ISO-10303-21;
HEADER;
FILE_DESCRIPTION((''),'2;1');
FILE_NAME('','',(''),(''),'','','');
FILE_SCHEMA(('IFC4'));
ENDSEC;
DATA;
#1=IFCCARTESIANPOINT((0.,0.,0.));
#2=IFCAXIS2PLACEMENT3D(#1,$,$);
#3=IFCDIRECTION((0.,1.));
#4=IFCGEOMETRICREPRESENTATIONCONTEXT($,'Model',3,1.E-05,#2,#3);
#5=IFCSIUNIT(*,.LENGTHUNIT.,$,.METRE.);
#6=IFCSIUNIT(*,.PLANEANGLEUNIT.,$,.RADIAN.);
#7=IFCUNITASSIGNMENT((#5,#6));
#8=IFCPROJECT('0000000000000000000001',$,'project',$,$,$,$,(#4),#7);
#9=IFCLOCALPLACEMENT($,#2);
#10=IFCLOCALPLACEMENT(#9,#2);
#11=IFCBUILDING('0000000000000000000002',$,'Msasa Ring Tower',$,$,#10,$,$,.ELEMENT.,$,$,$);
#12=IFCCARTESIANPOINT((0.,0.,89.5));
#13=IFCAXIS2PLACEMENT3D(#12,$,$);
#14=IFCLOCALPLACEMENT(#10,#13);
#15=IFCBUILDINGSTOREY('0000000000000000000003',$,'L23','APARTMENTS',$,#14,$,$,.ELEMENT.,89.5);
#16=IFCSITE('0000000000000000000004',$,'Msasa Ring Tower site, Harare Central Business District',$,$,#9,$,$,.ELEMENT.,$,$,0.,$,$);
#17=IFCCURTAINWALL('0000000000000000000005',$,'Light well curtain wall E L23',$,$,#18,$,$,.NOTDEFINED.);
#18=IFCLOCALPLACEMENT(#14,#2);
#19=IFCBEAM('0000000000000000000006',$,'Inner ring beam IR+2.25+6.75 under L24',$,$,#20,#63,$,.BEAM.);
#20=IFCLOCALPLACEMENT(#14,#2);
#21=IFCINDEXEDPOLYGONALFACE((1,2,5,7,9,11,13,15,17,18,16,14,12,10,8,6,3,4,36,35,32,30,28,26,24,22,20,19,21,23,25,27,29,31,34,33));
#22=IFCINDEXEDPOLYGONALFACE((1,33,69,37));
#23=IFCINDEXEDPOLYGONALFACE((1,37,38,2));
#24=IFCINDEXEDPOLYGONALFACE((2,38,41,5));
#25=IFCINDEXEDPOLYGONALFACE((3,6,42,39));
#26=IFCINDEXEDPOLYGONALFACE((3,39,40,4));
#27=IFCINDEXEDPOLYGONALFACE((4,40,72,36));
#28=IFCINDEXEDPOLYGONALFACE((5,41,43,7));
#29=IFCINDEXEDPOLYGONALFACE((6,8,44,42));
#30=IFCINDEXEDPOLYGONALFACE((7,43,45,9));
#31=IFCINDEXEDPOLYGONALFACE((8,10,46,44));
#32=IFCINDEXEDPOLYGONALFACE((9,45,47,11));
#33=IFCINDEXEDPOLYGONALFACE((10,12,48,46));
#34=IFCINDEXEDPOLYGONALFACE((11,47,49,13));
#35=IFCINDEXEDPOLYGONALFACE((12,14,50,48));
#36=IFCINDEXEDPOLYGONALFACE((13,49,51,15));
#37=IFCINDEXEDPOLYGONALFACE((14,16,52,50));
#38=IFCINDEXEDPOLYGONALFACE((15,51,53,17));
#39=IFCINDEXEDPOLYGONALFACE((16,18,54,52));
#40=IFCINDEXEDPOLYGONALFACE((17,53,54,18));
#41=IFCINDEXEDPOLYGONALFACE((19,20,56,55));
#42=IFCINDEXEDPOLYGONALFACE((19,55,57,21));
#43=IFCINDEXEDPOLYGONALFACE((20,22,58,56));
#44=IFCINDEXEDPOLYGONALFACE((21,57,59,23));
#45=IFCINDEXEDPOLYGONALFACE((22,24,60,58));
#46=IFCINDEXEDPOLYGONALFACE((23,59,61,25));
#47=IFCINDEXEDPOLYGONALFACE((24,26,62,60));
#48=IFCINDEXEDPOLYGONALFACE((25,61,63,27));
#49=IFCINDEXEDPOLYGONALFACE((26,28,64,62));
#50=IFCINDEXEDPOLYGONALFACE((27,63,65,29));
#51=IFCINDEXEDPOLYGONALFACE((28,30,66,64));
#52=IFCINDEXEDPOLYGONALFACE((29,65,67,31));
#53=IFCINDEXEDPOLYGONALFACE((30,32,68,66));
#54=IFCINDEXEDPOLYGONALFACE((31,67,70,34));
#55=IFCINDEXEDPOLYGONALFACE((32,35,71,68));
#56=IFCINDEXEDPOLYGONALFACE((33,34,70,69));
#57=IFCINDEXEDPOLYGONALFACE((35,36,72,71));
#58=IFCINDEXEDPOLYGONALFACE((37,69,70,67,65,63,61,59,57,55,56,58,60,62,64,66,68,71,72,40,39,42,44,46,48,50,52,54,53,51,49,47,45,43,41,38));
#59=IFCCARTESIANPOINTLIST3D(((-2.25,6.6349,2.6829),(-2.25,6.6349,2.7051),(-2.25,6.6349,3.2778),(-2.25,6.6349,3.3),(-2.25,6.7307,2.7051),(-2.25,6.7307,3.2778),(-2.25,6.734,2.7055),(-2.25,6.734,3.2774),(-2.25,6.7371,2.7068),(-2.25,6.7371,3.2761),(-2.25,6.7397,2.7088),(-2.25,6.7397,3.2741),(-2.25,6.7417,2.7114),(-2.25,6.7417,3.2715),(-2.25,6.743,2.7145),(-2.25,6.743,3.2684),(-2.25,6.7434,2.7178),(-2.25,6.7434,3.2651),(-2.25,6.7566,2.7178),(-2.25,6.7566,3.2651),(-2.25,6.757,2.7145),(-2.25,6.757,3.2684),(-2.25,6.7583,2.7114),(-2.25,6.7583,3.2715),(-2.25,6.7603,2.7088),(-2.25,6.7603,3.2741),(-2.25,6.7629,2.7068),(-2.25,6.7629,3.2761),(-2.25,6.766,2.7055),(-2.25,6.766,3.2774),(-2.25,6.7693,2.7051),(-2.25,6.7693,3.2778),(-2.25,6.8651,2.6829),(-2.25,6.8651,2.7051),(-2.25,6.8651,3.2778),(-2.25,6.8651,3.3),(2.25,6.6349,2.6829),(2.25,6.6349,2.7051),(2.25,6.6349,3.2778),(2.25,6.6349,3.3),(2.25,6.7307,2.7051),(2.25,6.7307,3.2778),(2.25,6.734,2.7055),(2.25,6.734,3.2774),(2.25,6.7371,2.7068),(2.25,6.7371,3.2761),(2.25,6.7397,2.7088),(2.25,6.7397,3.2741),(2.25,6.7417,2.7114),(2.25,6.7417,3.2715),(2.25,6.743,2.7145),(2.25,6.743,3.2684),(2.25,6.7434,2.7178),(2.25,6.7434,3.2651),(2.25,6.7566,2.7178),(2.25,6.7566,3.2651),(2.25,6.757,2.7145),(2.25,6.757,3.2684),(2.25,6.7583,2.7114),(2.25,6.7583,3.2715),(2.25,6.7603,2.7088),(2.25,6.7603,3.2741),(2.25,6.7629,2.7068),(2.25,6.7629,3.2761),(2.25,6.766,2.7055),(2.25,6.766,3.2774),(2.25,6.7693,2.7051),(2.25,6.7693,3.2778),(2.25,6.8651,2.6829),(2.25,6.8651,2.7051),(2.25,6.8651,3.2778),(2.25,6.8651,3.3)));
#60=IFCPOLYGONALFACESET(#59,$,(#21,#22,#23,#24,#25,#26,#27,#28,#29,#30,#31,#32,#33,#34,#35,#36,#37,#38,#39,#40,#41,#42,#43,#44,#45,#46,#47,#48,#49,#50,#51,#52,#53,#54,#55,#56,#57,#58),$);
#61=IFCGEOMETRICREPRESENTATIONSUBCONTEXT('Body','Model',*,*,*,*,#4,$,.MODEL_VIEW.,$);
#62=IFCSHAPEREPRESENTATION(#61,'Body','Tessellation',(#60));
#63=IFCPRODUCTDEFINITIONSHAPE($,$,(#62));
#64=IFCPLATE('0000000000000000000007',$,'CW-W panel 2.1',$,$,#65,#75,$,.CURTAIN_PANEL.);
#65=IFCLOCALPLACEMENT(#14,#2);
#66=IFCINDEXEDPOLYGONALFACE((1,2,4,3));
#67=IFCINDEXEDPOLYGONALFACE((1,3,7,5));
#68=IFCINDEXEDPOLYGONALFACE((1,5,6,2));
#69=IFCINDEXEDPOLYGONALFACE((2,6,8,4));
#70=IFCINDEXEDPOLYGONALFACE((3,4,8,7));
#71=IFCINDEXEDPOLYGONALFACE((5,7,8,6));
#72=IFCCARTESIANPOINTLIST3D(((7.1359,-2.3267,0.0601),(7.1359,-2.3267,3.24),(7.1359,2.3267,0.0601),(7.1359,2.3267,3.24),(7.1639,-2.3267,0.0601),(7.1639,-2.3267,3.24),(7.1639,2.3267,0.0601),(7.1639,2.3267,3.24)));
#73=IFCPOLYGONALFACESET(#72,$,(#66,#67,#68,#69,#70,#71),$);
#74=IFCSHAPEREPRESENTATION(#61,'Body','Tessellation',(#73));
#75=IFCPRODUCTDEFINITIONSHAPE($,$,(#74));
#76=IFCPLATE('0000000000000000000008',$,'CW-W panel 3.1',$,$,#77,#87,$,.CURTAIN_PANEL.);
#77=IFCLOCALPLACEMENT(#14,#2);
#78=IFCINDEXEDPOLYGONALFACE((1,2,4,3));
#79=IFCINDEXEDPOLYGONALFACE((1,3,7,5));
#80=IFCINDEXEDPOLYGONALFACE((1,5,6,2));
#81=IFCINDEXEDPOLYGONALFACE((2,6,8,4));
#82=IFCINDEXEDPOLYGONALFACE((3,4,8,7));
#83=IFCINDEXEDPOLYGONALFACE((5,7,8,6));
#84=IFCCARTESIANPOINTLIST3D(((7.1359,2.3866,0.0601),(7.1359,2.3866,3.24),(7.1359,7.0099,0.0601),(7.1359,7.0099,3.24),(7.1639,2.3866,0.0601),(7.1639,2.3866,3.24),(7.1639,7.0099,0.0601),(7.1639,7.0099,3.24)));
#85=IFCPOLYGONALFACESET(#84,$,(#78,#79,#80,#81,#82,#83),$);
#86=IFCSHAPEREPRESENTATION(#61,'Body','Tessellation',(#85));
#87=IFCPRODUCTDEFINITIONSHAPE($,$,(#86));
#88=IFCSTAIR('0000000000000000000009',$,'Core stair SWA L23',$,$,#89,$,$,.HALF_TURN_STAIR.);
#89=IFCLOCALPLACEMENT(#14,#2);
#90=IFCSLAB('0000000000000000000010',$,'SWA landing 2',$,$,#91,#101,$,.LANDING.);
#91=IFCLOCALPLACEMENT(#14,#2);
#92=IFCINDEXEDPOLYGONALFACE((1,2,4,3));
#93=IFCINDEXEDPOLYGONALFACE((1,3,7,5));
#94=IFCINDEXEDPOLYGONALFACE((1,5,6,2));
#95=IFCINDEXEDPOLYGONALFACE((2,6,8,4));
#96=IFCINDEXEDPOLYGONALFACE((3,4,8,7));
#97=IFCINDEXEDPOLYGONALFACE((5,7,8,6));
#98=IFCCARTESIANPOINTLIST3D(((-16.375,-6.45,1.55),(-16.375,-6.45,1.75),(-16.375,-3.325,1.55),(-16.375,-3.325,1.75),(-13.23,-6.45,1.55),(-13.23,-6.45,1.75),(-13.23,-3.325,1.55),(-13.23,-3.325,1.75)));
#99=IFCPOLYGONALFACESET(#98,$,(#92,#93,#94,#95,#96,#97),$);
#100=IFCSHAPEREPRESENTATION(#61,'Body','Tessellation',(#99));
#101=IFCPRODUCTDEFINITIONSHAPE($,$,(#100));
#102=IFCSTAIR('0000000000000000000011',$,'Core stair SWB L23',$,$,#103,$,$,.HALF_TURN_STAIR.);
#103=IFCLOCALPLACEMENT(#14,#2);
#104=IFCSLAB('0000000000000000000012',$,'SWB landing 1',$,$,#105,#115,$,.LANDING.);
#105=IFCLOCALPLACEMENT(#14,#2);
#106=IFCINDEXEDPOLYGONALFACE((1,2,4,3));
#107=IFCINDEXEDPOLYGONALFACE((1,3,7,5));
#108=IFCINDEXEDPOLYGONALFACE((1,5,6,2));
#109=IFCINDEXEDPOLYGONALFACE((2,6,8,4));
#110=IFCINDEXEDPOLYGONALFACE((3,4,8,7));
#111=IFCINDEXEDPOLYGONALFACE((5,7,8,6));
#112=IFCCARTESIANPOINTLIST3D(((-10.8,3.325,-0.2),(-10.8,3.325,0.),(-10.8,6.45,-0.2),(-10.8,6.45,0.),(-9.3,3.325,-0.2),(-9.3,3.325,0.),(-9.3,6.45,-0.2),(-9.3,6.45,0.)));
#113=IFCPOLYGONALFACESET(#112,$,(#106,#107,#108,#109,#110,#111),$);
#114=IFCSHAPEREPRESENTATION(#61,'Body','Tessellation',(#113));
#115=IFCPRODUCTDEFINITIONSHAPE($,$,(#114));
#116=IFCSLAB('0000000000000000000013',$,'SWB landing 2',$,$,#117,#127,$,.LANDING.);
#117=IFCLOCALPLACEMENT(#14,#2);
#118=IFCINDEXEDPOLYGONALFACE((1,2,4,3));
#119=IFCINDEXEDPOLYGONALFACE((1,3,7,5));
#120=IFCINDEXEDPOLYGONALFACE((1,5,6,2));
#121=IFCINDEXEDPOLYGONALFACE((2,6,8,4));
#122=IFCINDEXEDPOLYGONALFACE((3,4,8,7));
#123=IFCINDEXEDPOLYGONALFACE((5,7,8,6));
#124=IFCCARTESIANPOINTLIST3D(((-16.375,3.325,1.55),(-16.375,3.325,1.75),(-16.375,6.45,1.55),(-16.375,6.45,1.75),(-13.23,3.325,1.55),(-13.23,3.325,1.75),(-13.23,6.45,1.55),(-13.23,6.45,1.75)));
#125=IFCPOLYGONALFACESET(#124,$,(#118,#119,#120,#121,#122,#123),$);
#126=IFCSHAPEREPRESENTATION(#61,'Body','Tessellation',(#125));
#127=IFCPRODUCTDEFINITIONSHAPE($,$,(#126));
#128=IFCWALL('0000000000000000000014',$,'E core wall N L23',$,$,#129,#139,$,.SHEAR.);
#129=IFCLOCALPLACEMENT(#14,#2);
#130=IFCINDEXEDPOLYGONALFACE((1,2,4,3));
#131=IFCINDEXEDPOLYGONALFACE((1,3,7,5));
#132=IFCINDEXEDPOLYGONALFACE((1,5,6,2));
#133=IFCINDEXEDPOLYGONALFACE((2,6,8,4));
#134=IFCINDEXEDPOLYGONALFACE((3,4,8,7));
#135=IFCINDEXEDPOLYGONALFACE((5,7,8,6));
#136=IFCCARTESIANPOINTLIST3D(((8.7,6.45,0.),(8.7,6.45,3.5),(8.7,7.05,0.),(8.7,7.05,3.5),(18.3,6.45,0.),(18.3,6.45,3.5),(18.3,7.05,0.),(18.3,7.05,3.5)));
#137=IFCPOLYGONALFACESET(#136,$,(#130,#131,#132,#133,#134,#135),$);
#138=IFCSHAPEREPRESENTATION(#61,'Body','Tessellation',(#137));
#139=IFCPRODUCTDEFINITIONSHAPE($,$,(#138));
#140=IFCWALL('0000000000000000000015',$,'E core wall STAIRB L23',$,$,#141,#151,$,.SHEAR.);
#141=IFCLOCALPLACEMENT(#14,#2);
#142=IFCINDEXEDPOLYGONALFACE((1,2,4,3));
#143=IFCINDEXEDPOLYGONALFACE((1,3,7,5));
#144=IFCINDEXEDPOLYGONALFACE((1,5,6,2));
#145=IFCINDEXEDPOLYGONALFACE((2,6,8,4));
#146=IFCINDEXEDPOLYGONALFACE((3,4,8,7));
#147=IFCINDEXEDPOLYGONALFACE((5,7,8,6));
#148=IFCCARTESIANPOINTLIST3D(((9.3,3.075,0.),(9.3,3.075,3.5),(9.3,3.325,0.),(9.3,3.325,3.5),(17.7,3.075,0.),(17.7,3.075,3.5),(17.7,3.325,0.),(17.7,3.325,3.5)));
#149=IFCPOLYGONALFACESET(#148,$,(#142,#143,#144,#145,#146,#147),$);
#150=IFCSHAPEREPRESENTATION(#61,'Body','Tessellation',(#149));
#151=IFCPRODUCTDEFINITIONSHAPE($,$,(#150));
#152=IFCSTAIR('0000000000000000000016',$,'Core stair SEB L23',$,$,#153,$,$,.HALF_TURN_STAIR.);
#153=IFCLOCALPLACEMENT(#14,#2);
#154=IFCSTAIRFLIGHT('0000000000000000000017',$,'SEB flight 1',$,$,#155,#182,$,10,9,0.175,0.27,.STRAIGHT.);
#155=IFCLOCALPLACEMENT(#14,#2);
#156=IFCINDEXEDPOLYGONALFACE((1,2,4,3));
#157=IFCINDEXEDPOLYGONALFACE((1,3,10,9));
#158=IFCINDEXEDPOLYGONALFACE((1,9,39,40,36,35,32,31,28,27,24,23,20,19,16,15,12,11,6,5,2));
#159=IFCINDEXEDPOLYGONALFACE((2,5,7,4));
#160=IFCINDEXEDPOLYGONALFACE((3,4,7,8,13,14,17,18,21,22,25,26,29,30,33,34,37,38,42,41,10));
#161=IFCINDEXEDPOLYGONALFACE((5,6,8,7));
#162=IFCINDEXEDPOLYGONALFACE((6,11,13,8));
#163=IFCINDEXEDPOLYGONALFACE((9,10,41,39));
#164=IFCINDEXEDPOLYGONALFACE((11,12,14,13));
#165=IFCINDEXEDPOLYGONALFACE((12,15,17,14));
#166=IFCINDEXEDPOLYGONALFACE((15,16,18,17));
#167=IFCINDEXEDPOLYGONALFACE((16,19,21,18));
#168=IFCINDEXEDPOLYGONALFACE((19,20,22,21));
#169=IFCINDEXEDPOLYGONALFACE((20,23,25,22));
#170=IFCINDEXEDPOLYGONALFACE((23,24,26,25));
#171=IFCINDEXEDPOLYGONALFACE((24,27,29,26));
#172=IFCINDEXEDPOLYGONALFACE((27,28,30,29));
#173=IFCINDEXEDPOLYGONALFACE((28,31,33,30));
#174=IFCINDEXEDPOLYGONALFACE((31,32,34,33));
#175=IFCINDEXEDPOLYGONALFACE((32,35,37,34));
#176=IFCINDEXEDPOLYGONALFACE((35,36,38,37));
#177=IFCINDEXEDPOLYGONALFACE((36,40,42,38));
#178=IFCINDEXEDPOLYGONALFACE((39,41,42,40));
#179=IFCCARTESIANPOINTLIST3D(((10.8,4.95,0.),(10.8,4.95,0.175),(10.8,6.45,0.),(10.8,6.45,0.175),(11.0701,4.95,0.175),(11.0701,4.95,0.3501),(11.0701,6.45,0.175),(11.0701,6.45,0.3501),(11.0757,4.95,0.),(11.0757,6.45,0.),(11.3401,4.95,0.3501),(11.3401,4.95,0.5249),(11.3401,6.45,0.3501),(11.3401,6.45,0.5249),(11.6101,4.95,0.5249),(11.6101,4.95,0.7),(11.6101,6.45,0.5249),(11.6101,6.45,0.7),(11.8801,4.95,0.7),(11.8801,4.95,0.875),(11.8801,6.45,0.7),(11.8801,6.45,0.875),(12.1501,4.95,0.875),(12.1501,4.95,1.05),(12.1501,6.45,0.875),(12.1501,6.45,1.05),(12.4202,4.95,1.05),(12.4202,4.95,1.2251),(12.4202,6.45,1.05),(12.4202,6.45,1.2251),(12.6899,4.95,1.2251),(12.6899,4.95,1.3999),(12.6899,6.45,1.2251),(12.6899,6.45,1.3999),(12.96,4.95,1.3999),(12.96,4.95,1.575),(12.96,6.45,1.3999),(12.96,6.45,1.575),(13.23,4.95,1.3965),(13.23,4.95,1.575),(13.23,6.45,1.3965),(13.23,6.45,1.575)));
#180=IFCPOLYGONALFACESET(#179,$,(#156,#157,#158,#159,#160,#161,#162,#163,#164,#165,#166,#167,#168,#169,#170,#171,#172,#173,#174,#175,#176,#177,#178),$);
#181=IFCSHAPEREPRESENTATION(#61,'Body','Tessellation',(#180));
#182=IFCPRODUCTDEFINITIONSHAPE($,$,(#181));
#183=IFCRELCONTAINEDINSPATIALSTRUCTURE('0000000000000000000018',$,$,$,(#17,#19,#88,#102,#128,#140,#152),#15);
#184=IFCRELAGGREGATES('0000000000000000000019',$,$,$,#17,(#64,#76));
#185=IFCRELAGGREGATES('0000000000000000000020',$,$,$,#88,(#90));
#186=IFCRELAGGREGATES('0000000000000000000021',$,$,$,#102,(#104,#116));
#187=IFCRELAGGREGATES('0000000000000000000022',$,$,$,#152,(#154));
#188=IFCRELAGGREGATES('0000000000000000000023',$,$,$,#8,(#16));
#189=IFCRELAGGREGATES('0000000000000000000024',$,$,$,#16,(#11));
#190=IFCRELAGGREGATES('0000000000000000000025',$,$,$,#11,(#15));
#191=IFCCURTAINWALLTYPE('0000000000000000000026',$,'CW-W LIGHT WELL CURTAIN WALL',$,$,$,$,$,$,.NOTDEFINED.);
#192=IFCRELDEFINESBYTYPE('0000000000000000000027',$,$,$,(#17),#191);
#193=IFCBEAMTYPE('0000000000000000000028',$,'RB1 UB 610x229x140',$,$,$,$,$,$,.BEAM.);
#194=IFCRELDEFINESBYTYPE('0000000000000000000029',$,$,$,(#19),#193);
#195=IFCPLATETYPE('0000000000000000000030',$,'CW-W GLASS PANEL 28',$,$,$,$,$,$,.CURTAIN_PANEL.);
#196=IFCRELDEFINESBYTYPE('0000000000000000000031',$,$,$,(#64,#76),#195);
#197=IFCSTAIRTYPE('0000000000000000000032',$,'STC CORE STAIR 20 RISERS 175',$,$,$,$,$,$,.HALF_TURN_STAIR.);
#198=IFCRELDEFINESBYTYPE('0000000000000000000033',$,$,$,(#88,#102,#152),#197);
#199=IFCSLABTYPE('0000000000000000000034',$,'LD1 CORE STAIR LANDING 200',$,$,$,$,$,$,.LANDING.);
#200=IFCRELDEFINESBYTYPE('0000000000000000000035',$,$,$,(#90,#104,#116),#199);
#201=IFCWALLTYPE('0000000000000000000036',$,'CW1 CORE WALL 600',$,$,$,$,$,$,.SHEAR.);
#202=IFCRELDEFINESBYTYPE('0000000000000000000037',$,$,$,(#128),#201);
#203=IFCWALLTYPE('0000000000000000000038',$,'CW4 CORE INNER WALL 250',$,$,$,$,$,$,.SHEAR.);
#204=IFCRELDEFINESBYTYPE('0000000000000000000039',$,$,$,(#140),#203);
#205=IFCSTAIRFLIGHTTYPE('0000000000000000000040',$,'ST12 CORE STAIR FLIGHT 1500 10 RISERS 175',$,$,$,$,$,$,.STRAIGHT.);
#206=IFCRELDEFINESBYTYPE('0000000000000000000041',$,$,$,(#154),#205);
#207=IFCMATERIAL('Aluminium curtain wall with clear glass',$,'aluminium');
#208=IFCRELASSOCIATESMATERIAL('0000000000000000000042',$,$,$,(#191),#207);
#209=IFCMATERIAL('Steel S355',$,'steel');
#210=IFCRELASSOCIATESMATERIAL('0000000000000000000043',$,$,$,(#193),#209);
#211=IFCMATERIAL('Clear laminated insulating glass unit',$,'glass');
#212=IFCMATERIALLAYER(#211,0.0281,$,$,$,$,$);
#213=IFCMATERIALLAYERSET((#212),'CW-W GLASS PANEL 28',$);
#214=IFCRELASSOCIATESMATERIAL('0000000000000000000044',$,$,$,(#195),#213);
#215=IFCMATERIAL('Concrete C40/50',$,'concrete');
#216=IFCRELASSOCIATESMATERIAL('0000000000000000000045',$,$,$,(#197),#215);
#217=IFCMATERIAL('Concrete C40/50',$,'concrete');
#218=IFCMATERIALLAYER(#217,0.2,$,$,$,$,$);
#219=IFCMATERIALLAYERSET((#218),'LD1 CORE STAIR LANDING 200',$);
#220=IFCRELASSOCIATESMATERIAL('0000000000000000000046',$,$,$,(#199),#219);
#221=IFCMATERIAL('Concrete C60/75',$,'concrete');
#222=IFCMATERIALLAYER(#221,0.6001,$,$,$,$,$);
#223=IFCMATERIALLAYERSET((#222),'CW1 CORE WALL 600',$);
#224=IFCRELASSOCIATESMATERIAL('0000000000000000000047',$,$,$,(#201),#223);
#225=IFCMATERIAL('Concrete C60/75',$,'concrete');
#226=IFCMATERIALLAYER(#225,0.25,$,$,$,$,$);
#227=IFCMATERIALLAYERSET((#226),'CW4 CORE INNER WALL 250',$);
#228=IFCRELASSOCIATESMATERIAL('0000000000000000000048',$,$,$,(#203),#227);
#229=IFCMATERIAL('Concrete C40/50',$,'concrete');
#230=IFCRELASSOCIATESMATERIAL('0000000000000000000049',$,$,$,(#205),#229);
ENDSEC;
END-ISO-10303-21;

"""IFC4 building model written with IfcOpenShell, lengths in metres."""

from ifc_helpers import new_model, si_unit, direction, frame, frame_2d, origin, origin_2d, place, context, subcontext, project, spatial, polyline, rectangle, i_section, outline, extrude, material, layer, layer_set, material_profile, profile_set, type_object, element, aggregate, save


model = new_model("IFC4")

# Units and contexts
model_context = context("Model", 3, precision=1e-05, world=origin(), true_north=direction((0.0, 1.0)))
body_context = subcontext(model_context, "Body", "Model", "MODEL_VIEW")
ifc_project = project(units=[si_unit("LENGTHUNIT", "METRE"), si_unit("PLANEANGLEUNIT", "RADIAN")], contexts=[model_context])

# Site, building, storey
site_placement = place(None, origin())
site = spatial("IfcSite", under=ifc_project, at=site_placement, Name="Msasa Ring Tower site, Harare Central Business District", CompositionType="ELEMENT", RefElevation=0.0)
building_placement = place(site_placement, origin())
building = spatial("IfcBuilding", under=site, at=building_placement, Name="Msasa Ring Tower", CompositionType="ELEMENT")
storey_placement = place(building_placement, frame((0.0, 0.0, 89.5)))
storey = spatial("IfcBuildingStorey", under=building, at=storey_placement, Name="L23", Description="APARTMENTS", CompositionType="ELEMENT", Elevation=89.5)

# Curtain wall
ifc_material_1 = material(Name="Aluminium curtain wall with clear glass", Category="aluminium")
curtain_wall_type = type_object("IfcCurtainWallType", Name="CW-W LIGHT WELL CURTAIN WALL", PredefinedType="NOTDEFINED", material=ifc_material_1)
curtain_wall_placement = place(storey_placement, origin())
curtain_wall = element("IfcCurtainWall", 1, at=curtain_wall_placement, inside=storey, type_object=curtain_wall_type, Name="Light well curtain wall E L23", PredefinedType="NOTDEFINED")

# Beam
ifc_material_2 = material(Name="Steel S355", Category="steel")
ifc_material_profile_1 = material_profile(ifc_material_2, i_section(OverallWidth=0.2302, OverallDepth=0.6172, WebThickness=0.0132, FlangeThickness=0.0222, FilletRadius=0.0127, at=origin_2d()), Name="UB 610x229x140")
ifc_profile_set_1 = profile_set([ifc_material_profile_1], Name="Steel S355")
beam_type = type_object("IfcBeamType", Name="RB1 UB 610x229x140", PredefinedType="BEAM", material=ifc_profile_set_1)
for number, where, z_axis, x_axis, name in (
    (2, (2.25, 6.75, 2.9915), (-1.0, 0.0, 0.0), (0.0, -1.0, 0.0), "Inner ring beam IR+2.25+6.75 under L24"),
):
    element("IfcBeam", number, at=place(storey_placement, frame(where, z_axis=z_axis, x_axis=x_axis)), inside=storey, type_object=beam_type, Name=name, PredefinedType="BEAM", context=body_context, shape_type="SweptSolid", body=[
        extrude(i_section(OverallWidth=0.2302, OverallDepth=0.6172, WebThickness=0.0132, FlangeThickness=0.0222, FilletRadius=0.0127, at=origin_2d()), origin(), (0.0, 0.0, 1.0), 4.5),
    ])

# Plates
ifc_material_3 = material(Name="Clear laminated insulating glass unit", Category="glass")
ifc_layer_1 = layer(ifc_material_3, 0.0281)
ifc_layer_set_1 = layer_set([ifc_layer_1], Name="CW-W GLASS PANEL 28")
plate_type = type_object("IfcPlateType", Name="CW-W GLASS PANEL 28", PredefinedType="CURTAIN_PANEL", material=ifc_layer_set_1)
plate_1_placement = place(storey_placement, frame((7.1499, 0.0, 0.0601), z_axis=(0.0, 0.0, 1.0), x_axis=(0.0, 1.0, 0.0)))
plate_1 = element("IfcPlate", 3, at=plate_1_placement, type_object=plate_type, Name="CW-W panel 2.1", PredefinedType="CURTAIN_PANEL", context=body_context, shape_type="SweptSolid", body=[
    extrude(rectangle(XDim=4.6533, YDim=0.0281, at=origin_2d()), origin(), (0.0, 0.0, 1.0), 3.1799),
])
plate_2_placement = place(storey_placement, frame((7.1499, 4.6982, 0.0601), z_axis=(0.0, 0.0, 1.0), x_axis=(0.0, 1.0, 0.0)))
plate_2 = element("IfcPlate", 4, at=plate_2_placement, type_object=plate_type, Name="CW-W panel 3.1", PredefinedType="CURTAIN_PANEL", context=body_context, shape_type="SweptSolid", body=[
    extrude(rectangle(XDim=4.6233, YDim=0.0281, at=origin_2d()), origin(), (0.0, 0.0, 1.0), 3.1799),
])
aggregate(curtain_wall, [plate_1, plate_2])

# Stair, slab
ifc_material_4 = material(Name="Concrete C40/50", Category="concrete")
stair_type = type_object("IfcStairType", Name="STC CORE STAIR 20 RISERS 175", PredefinedType="HALF_TURN_STAIR", material=ifc_material_4)
stair_1_placement = place(storey_placement, origin())
stair_1 = element("IfcStair", 5, at=stair_1_placement, inside=storey, type_object=stair_type, Name="Core stair SWA L23", PredefinedType="HALF_TURN_STAIR")
ifc_material_5 = material(Name="Concrete C40/50", Category="concrete")
ifc_layer_2 = layer(ifc_material_5, 0.2)
ifc_layer_set_2 = layer_set([ifc_layer_2], Name="LD1 CORE STAIR LANDING 200")
slab_type = type_object("IfcSlabType", Name="LD1 CORE STAIR LANDING 200", PredefinedType="LANDING", material=ifc_layer_set_2)
slab_1_placement = place(storey_placement, frame((0.0, 0.0, 1.55)))
slab_1 = element("IfcSlab", 6, at=slab_1_placement, type_object=slab_type, Name="SWA landing 2", PredefinedType="LANDING", context=body_context, shape_type="SweptSolid", body=[
    extrude(outline(polyline([(-16.375, -6.45), (-13.23, -6.45), (-13.23, -3.325), (-16.375, -3.325), (-16.375, -6.45)])), origin(), (0.0, 0.0, 1.0), 0.2),
])
aggregate(stair_1, [slab_1])

# Stair, slabs
stair_2_placement = place(storey_placement, origin())
stair_2 = element("IfcStair", 7, at=stair_2_placement, inside=storey, type_object=stair_type, Name="Core stair SWB L23", PredefinedType="HALF_TURN_STAIR")
slab_2_placement = place(storey_placement, frame((0.0, 0.0, -0.2)))
slab_2 = element("IfcSlab", 8, at=slab_2_placement, type_object=slab_type, Name="SWB landing 1", PredefinedType="LANDING", context=body_context, shape_type="SweptSolid", body=[
    extrude(outline(polyline([(-10.8, 3.325), (-9.3, 3.325), (-9.3, 6.45), (-10.8, 6.45), (-10.8, 3.325)])), origin(), (0.0, 0.0, 1.0), 0.2),
])
slab_3_placement = place(storey_placement, frame((0.0, 0.0, 1.55)))
slab_3 = element("IfcSlab", 9, at=slab_3_placement, type_object=slab_type, Name="SWB landing 2", PredefinedType="LANDING", context=body_context, shape_type="SweptSolid", body=[
    extrude(outline(polyline([(-16.375, 3.325), (-13.23, 3.325), (-13.23, 6.45), (-16.375, 6.45), (-16.375, 3.325)])), origin(), (0.0, 0.0, 1.0), 0.2),
])
aggregate(stair_2, [slab_2, slab_3])

# Walls
ifc_material_6 = material(Name="Concrete C60/75", Category="concrete")
ifc_layer_3 = layer(ifc_material_6, 0.6001)
ifc_layer_set_3 = layer_set([ifc_layer_3], Name="CW1 CORE WALL 600")
wall_type_1 = type_object("IfcWallType", Name="CW1 CORE WALL 600", PredefinedType="SHEAR", material=ifc_layer_set_3)
wall_1_placement = place(storey_placement, frame((8.7, 6.75, 0.0), z_axis=(0.0, 0.0, 1.0), x_axis=(1.0, 0.0, 0.0)))
element("IfcWall", 10, at=wall_1_placement, inside=storey, type_object=wall_type_1, Name="E core wall N L23", PredefinedType="SHEAR", context=body_context, shape_type="SweptSolid", body=[
    extrude(rectangle(XDim=9.6001, YDim=0.6001, at=frame_2d((4.8, 0.0))), origin(), (0.0, 0.0, 1.0), 3.5),
])
ifc_material_7 = material(Name="Concrete C60/75", Category="concrete")
ifc_layer_4 = layer(ifc_material_7, 0.25)
ifc_layer_set_4 = layer_set([ifc_layer_4], Name="CW4 CORE INNER WALL 250")
wall_type_2 = type_object("IfcWallType", Name="CW4 CORE INNER WALL 250", PredefinedType="SHEAR", material=ifc_layer_set_4)
wall_2_placement = place(storey_placement, frame((9.3, 3.2, 0.0), z_axis=(0.0, 0.0, 1.0), x_axis=(1.0, 0.0, 0.0)))
element("IfcWall", 11, at=wall_2_placement, inside=storey, type_object=wall_type_2, Name="E core wall STAIRB L23", PredefinedType="SHEAR", context=body_context, shape_type="SweptSolid", body=[
    extrude(rectangle(XDim=8.3999, YDim=0.25, at=frame_2d((4.2, 0.0))), origin(), (0.0, 0.0, 1.0), 3.5),
])

# Stair, stair flight
stair_3_placement = place(storey_placement, origin())
stair_3 = element("IfcStair", 12, at=stair_3_placement, inside=storey, type_object=stair_type, Name="Core stair SEB L23", PredefinedType="HALF_TURN_STAIR")
ifc_material_8 = material(Name="Concrete C40/50", Category="concrete")
stair_flight_type = type_object("IfcStairFlightType", Name="ST12 CORE STAIR FLIGHT 1500 10 RISERS 175", PredefinedType="STRAIGHT", material=ifc_material_8)
stair_flight_placement = place(storey_placement, frame((10.8, 5.7, 0.0), z_axis=(0.0, 0.0, 1.0), x_axis=(1.0, 0.0, 0.0)))
stair_flight = element("IfcStairFlight", 13, at=stair_flight_placement, type_object=stair_flight_type, Name="SEB flight 1", NumberOfRisers=10, NumberOfTreads=9, PredefinedType="STRAIGHT", RiserHeight=0.175, TreadLength=0.27, context=body_context, shape_type="SweptSolid", body=[
    extrude(outline(polyline([(0.0, 0.0), (0.0, 0.175), (0.27, 0.175), (0.27, 0.3501), (0.54, 0.3501), (0.54, 0.5249), (0.8101, 0.5249), (0.8101, 0.7), (1.0801, 0.7), (1.0801, 0.875), (1.3501, 0.875), (1.3501, 1.05), (1.6201, 1.05), (1.6201, 1.2251), (1.8899, 1.2251), (1.8899, 1.3999), (2.1599, 1.3999), (2.1599, 1.575), (2.4299, 1.575), (2.4299, 1.75), (2.4299, 1.3965), (0.2756, 0.0), (0.0, 0.0)])), frame((0.0, 0.75, 0.0), z_axis=(0.0, -1.0, 0.0), x_axis=(1.0, 0.0, 0.0)), (0.0, 0.0, 1.0), 1.5),
])
aggregate(stair_3, [stair_flight])

save(model, "model.ifc")
